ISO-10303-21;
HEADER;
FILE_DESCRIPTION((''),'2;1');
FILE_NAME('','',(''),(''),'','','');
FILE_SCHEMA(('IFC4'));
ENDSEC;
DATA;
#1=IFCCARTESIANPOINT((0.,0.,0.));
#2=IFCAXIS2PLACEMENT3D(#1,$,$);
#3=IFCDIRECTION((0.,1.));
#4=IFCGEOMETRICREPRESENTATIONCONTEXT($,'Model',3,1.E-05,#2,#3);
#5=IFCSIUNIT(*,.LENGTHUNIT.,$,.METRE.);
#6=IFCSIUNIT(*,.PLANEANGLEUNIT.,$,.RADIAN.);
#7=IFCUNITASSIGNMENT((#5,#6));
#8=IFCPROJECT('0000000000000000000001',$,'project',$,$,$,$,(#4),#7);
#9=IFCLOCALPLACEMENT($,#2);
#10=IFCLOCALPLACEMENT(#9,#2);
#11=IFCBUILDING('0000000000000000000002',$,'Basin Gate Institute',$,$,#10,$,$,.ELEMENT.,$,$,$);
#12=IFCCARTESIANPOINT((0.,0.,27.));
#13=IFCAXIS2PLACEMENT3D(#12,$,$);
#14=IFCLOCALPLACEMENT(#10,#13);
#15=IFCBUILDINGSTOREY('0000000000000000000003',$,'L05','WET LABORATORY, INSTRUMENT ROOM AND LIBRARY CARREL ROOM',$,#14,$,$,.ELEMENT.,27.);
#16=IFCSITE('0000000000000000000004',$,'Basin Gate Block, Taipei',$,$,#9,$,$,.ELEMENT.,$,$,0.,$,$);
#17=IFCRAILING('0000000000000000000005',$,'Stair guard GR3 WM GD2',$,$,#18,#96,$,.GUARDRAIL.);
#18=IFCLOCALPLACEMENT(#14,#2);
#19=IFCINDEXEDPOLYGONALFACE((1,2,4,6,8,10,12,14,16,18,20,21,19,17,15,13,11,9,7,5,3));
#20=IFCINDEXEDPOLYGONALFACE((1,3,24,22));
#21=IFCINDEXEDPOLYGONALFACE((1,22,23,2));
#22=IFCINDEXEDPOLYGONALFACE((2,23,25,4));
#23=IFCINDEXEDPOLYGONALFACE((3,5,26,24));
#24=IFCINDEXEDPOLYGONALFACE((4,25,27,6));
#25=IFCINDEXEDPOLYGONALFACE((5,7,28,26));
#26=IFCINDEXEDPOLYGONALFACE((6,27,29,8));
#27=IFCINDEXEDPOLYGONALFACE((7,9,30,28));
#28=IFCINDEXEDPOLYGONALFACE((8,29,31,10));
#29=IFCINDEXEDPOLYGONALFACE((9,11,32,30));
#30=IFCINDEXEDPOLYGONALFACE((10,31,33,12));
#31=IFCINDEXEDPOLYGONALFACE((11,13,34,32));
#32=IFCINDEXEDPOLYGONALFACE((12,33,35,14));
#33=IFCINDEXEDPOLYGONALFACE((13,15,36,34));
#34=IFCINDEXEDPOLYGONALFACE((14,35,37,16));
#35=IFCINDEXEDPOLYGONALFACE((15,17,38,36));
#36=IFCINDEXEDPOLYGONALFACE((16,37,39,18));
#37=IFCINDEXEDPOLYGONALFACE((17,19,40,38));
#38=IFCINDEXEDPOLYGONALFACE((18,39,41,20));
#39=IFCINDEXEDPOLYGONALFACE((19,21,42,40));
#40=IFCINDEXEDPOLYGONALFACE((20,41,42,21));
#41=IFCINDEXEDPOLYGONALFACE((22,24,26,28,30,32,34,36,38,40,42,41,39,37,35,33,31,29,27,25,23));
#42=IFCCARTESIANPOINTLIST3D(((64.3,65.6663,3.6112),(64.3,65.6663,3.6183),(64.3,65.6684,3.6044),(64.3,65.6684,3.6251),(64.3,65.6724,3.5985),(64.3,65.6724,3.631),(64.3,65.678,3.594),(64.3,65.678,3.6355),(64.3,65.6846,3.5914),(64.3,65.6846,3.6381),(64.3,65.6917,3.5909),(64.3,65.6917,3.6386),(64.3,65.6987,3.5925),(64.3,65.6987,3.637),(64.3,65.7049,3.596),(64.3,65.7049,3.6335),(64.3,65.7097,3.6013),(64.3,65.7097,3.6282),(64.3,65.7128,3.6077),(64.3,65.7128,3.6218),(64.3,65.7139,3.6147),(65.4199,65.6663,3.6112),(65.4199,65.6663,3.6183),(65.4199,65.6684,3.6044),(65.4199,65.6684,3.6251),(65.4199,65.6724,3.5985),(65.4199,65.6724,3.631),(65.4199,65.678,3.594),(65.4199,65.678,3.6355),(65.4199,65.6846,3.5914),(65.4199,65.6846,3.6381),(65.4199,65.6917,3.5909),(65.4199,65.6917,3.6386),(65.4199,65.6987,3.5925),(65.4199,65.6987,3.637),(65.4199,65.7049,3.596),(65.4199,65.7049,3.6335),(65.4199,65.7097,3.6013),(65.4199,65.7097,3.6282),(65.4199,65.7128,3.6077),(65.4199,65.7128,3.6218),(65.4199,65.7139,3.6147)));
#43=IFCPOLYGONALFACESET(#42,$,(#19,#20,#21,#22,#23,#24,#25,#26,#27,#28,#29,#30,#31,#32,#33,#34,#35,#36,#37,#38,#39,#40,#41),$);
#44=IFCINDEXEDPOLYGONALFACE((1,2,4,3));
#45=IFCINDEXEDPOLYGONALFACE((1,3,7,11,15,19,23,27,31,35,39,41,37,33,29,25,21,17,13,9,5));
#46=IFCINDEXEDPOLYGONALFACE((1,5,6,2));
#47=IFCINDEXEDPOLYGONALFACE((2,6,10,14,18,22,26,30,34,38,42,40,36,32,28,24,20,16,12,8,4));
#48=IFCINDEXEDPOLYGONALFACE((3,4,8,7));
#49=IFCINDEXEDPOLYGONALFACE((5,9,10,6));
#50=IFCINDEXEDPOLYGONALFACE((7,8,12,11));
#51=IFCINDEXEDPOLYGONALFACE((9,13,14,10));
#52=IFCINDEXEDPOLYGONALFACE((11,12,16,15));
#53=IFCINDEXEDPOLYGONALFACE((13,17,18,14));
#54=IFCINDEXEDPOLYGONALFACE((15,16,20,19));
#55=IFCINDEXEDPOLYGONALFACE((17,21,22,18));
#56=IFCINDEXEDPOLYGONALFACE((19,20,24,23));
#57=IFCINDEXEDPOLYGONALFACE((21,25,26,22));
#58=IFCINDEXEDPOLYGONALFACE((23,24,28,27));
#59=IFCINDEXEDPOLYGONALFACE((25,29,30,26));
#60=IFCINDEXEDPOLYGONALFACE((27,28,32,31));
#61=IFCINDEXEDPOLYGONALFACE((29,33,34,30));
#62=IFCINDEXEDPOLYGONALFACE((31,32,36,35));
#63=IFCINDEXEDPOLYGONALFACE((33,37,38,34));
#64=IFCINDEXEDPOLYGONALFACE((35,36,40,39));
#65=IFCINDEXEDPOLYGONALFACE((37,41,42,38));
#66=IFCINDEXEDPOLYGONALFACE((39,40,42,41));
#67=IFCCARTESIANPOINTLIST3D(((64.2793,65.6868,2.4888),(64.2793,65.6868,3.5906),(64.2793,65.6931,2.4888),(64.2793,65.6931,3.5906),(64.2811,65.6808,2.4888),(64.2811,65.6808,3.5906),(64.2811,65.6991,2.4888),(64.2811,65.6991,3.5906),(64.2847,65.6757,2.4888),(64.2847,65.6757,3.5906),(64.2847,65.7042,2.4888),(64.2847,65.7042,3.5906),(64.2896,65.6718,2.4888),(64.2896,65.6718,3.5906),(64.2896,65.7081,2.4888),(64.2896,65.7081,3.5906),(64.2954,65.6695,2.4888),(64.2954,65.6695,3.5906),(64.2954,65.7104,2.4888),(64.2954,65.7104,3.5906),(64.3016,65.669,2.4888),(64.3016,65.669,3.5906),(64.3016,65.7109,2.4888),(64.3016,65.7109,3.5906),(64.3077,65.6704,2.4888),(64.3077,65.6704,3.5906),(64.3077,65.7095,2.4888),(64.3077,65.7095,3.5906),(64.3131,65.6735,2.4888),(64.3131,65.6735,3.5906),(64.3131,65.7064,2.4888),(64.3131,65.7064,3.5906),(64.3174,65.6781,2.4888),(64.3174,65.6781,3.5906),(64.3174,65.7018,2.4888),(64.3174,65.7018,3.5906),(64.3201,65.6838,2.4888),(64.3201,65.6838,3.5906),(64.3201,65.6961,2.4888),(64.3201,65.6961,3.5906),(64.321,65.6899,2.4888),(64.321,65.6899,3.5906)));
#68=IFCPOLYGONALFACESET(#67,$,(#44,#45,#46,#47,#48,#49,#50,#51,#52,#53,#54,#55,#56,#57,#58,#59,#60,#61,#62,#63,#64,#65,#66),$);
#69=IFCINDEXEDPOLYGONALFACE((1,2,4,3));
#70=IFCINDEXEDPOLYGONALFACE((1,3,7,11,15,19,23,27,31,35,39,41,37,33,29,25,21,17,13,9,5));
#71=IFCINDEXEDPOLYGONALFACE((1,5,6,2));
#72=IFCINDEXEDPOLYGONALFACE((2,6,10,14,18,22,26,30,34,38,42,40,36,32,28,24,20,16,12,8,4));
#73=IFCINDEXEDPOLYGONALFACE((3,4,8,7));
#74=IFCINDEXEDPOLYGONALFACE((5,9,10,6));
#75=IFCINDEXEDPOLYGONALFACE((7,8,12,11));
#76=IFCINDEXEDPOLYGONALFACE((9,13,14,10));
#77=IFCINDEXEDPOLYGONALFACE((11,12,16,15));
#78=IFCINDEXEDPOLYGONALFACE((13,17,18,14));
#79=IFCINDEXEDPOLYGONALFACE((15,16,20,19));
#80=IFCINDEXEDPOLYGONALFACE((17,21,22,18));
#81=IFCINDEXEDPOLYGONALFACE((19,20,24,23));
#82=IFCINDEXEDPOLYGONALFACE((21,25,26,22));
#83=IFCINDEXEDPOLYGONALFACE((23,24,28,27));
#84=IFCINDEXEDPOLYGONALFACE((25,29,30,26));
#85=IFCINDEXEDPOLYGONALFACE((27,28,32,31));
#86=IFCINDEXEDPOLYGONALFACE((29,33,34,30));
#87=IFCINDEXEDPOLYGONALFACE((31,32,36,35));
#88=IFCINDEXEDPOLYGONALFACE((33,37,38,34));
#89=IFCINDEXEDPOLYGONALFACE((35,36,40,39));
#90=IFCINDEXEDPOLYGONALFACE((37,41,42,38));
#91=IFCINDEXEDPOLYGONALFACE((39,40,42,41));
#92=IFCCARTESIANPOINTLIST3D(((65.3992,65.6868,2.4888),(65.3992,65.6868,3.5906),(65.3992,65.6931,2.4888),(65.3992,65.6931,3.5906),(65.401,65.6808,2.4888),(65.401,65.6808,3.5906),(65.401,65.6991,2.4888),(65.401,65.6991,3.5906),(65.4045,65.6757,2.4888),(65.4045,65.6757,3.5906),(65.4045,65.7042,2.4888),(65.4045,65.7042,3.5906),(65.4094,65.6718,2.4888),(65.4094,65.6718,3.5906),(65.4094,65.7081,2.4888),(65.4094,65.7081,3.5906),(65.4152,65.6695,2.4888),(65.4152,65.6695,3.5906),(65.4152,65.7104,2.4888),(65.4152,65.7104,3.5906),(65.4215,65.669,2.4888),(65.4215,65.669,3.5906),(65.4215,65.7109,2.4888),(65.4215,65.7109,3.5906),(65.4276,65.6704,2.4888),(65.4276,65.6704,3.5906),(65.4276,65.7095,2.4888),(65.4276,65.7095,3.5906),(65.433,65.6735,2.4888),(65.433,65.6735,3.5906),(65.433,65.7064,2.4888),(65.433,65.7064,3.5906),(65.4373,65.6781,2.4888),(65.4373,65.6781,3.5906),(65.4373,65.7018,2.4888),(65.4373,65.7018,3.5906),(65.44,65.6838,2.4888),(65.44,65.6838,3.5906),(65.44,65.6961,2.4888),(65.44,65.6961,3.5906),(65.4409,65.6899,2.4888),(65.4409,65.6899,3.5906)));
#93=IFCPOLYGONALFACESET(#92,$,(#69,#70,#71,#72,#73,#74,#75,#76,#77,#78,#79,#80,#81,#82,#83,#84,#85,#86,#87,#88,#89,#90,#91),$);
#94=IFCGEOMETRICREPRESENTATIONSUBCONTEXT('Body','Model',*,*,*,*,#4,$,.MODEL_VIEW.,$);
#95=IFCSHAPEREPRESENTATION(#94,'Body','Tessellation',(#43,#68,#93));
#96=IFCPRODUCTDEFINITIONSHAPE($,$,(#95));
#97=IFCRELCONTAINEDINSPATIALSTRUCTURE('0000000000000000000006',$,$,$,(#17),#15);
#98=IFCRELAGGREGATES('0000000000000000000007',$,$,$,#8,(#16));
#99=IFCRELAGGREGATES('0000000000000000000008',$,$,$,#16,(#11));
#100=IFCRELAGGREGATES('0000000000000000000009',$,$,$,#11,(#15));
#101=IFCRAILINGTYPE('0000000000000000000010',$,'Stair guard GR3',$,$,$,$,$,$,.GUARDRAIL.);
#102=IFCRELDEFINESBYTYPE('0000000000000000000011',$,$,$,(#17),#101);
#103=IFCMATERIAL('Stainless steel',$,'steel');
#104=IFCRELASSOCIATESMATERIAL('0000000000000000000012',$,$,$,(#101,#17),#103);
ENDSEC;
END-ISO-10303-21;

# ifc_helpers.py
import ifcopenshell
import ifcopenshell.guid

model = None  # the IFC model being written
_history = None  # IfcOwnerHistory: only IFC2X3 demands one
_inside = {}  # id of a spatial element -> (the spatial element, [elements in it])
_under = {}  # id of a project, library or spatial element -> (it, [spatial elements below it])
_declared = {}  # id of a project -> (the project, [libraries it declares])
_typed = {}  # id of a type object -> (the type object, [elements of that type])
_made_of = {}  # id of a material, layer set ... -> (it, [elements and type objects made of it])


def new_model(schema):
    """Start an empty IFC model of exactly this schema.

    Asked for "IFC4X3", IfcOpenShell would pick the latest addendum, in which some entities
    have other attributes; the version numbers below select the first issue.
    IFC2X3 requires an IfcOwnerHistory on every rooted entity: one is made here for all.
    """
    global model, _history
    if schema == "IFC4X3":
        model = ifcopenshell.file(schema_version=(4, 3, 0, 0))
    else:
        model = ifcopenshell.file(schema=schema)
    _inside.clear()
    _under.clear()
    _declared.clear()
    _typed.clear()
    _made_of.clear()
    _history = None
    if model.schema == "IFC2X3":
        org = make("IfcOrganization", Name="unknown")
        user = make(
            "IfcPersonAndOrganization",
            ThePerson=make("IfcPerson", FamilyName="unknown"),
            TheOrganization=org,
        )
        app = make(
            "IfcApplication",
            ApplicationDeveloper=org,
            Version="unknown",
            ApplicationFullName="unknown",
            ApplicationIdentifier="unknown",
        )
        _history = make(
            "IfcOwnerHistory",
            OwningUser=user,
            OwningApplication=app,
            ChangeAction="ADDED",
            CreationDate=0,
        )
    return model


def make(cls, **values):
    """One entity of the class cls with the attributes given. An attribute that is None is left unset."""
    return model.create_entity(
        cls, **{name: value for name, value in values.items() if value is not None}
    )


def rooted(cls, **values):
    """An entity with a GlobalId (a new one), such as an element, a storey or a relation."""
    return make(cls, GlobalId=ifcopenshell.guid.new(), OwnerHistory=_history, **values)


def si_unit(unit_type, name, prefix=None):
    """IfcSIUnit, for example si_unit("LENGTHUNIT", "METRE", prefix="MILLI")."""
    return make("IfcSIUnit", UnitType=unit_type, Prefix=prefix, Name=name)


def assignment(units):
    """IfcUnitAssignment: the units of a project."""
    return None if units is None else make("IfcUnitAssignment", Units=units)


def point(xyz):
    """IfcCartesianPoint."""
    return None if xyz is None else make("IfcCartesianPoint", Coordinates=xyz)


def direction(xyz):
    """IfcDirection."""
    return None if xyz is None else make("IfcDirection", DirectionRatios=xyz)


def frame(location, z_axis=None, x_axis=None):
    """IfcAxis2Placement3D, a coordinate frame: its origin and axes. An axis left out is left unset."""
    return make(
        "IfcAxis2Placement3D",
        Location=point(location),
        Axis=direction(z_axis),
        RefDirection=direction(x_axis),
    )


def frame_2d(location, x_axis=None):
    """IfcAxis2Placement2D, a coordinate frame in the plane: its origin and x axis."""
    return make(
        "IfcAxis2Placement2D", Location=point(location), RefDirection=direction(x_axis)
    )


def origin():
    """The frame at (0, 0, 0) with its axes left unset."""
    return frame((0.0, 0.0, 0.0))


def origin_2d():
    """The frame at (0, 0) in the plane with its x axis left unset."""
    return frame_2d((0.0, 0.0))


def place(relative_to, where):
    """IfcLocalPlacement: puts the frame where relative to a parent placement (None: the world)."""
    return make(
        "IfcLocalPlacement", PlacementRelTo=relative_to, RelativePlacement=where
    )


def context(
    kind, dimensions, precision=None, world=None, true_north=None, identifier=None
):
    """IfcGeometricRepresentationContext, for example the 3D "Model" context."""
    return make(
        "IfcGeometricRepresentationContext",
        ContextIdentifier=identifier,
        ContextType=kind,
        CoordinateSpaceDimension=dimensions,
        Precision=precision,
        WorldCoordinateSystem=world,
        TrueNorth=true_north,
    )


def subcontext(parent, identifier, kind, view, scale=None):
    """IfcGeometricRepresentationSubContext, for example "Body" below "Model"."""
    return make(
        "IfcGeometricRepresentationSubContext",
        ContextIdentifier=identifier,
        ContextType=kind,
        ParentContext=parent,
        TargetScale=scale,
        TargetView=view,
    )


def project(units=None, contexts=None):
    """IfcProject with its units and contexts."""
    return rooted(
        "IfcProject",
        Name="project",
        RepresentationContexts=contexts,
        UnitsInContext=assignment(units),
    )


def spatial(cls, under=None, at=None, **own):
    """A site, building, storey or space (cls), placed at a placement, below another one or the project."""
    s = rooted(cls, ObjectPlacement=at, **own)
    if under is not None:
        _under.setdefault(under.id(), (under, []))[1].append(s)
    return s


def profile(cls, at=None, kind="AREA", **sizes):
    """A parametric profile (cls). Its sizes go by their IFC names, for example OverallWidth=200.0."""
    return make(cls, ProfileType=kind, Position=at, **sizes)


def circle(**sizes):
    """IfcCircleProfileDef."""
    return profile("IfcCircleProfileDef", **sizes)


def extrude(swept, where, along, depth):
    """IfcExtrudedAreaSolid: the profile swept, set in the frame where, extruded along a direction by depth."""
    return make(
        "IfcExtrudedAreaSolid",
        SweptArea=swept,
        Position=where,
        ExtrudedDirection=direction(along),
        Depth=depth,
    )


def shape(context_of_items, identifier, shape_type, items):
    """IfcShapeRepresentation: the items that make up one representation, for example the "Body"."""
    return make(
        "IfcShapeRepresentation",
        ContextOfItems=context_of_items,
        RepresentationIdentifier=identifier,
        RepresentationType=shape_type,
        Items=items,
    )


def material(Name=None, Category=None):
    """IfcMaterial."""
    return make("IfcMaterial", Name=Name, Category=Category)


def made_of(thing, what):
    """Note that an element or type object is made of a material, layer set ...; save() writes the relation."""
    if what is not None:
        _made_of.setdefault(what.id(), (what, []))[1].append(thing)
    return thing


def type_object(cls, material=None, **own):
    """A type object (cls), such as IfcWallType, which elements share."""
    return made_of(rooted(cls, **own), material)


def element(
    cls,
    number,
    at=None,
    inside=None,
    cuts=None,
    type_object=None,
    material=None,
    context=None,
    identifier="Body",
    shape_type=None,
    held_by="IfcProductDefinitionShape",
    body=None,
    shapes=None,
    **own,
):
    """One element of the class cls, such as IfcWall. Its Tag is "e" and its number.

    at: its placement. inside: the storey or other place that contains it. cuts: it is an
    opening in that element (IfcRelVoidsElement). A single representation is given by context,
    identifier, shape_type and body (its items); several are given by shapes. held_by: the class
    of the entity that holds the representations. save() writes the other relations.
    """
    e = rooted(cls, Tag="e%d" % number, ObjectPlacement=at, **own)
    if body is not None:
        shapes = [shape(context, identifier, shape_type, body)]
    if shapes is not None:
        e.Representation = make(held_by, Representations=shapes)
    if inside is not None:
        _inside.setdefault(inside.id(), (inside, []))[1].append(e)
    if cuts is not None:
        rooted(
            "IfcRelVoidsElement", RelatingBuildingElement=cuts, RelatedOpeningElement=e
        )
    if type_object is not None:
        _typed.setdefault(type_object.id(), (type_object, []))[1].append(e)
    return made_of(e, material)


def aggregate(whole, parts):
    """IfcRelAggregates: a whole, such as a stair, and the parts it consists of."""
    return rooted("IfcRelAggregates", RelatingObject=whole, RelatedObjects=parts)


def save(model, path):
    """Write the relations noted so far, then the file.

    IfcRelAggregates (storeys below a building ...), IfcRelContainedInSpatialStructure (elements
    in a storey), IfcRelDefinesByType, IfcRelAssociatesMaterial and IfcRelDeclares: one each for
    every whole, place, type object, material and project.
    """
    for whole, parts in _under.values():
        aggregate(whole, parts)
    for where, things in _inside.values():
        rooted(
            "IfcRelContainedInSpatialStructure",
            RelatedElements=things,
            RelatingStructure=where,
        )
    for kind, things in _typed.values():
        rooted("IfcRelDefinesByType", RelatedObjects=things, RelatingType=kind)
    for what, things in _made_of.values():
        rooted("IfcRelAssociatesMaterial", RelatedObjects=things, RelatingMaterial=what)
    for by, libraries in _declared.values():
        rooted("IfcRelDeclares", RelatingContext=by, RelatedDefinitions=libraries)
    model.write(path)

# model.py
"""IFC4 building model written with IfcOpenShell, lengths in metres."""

from ifc_helpers import new_model, si_unit, direction, frame, origin, origin_2d, place, context, subcontext, project, spatial, circle, extrude, material, type_object, element, save


model = new_model("IFC4")

# Units and contexts
model_context = context("Model", 3, precision=1e-05, world=origin(), true_north=direction((0.0, 1.0)))
body_context = subcontext(model_context, "Body", "Model", "MODEL_VIEW")
ifc_project = project(units=[si_unit("LENGTHUNIT", "METRE"), si_unit("PLANEANGLEUNIT", "RADIAN")], contexts=[model_context])

# Site, building, storey
site_placement = place(None, origin())
site = spatial("IfcSite", under=ifc_project, at=site_placement, Name="Basin Gate Block, Taipei", CompositionType="ELEMENT", RefElevation=0.0)
building_placement = place(site_placement, origin())
building = spatial("IfcBuilding", under=site, at=building_placement, Name="Basin Gate Institute", CompositionType="ELEMENT")
storey_placement = place(building_placement, frame((0.0, 0.0, 27.0)))
storey = spatial("IfcBuildingStorey", under=building, at=storey_placement, Name="L05", Description="WET LABORATORY, INSTRUMENT ROOM AND LIBRARY CARREL ROOM", CompositionType="ELEMENT", Elevation=27.0)

# Railing
ifc_material_1 = material(Name="Stainless steel", Category="steel")
railing_type_1 = type_object("IfcRailingType", Name="Stair guard GR3", PredefinedType="GUARDRAIL", material=ifc_material_1)
railing_1_placement = place(storey_placement, frame((64.3, 65.6899, 2.4888)))
element("IfcRailing", 1, at=railing_1_placement, inside=storey, type_object=railing_type_1, material=ifc_material_1, Name="Stair guard GR3 WM GD2", PredefinedType="GUARDRAIL", context=body_context, shape_type="SweptSolid", body=[
    extrude(circle(Radius=0.0239, at=origin_2d()), frame((0.0, 0.0, 1.126), z_axis=(1.0, 0.0, 0.0), x_axis=(0.0, 1.0, 0.0)), (0.0, 0.0, 1.0), 1.1199),
    extrude(circle(Radius=0.021, at=origin_2d()), origin(), (0.0, 0.0, 1.0), 1.1018),
    extrude(circle(Radius=0.021, at=origin_2d()), frame((1.1199, 0.0, 0.0)), (0.0, 0.0, 1.0), 1.1018),
])

save(model, "model.ifc")
